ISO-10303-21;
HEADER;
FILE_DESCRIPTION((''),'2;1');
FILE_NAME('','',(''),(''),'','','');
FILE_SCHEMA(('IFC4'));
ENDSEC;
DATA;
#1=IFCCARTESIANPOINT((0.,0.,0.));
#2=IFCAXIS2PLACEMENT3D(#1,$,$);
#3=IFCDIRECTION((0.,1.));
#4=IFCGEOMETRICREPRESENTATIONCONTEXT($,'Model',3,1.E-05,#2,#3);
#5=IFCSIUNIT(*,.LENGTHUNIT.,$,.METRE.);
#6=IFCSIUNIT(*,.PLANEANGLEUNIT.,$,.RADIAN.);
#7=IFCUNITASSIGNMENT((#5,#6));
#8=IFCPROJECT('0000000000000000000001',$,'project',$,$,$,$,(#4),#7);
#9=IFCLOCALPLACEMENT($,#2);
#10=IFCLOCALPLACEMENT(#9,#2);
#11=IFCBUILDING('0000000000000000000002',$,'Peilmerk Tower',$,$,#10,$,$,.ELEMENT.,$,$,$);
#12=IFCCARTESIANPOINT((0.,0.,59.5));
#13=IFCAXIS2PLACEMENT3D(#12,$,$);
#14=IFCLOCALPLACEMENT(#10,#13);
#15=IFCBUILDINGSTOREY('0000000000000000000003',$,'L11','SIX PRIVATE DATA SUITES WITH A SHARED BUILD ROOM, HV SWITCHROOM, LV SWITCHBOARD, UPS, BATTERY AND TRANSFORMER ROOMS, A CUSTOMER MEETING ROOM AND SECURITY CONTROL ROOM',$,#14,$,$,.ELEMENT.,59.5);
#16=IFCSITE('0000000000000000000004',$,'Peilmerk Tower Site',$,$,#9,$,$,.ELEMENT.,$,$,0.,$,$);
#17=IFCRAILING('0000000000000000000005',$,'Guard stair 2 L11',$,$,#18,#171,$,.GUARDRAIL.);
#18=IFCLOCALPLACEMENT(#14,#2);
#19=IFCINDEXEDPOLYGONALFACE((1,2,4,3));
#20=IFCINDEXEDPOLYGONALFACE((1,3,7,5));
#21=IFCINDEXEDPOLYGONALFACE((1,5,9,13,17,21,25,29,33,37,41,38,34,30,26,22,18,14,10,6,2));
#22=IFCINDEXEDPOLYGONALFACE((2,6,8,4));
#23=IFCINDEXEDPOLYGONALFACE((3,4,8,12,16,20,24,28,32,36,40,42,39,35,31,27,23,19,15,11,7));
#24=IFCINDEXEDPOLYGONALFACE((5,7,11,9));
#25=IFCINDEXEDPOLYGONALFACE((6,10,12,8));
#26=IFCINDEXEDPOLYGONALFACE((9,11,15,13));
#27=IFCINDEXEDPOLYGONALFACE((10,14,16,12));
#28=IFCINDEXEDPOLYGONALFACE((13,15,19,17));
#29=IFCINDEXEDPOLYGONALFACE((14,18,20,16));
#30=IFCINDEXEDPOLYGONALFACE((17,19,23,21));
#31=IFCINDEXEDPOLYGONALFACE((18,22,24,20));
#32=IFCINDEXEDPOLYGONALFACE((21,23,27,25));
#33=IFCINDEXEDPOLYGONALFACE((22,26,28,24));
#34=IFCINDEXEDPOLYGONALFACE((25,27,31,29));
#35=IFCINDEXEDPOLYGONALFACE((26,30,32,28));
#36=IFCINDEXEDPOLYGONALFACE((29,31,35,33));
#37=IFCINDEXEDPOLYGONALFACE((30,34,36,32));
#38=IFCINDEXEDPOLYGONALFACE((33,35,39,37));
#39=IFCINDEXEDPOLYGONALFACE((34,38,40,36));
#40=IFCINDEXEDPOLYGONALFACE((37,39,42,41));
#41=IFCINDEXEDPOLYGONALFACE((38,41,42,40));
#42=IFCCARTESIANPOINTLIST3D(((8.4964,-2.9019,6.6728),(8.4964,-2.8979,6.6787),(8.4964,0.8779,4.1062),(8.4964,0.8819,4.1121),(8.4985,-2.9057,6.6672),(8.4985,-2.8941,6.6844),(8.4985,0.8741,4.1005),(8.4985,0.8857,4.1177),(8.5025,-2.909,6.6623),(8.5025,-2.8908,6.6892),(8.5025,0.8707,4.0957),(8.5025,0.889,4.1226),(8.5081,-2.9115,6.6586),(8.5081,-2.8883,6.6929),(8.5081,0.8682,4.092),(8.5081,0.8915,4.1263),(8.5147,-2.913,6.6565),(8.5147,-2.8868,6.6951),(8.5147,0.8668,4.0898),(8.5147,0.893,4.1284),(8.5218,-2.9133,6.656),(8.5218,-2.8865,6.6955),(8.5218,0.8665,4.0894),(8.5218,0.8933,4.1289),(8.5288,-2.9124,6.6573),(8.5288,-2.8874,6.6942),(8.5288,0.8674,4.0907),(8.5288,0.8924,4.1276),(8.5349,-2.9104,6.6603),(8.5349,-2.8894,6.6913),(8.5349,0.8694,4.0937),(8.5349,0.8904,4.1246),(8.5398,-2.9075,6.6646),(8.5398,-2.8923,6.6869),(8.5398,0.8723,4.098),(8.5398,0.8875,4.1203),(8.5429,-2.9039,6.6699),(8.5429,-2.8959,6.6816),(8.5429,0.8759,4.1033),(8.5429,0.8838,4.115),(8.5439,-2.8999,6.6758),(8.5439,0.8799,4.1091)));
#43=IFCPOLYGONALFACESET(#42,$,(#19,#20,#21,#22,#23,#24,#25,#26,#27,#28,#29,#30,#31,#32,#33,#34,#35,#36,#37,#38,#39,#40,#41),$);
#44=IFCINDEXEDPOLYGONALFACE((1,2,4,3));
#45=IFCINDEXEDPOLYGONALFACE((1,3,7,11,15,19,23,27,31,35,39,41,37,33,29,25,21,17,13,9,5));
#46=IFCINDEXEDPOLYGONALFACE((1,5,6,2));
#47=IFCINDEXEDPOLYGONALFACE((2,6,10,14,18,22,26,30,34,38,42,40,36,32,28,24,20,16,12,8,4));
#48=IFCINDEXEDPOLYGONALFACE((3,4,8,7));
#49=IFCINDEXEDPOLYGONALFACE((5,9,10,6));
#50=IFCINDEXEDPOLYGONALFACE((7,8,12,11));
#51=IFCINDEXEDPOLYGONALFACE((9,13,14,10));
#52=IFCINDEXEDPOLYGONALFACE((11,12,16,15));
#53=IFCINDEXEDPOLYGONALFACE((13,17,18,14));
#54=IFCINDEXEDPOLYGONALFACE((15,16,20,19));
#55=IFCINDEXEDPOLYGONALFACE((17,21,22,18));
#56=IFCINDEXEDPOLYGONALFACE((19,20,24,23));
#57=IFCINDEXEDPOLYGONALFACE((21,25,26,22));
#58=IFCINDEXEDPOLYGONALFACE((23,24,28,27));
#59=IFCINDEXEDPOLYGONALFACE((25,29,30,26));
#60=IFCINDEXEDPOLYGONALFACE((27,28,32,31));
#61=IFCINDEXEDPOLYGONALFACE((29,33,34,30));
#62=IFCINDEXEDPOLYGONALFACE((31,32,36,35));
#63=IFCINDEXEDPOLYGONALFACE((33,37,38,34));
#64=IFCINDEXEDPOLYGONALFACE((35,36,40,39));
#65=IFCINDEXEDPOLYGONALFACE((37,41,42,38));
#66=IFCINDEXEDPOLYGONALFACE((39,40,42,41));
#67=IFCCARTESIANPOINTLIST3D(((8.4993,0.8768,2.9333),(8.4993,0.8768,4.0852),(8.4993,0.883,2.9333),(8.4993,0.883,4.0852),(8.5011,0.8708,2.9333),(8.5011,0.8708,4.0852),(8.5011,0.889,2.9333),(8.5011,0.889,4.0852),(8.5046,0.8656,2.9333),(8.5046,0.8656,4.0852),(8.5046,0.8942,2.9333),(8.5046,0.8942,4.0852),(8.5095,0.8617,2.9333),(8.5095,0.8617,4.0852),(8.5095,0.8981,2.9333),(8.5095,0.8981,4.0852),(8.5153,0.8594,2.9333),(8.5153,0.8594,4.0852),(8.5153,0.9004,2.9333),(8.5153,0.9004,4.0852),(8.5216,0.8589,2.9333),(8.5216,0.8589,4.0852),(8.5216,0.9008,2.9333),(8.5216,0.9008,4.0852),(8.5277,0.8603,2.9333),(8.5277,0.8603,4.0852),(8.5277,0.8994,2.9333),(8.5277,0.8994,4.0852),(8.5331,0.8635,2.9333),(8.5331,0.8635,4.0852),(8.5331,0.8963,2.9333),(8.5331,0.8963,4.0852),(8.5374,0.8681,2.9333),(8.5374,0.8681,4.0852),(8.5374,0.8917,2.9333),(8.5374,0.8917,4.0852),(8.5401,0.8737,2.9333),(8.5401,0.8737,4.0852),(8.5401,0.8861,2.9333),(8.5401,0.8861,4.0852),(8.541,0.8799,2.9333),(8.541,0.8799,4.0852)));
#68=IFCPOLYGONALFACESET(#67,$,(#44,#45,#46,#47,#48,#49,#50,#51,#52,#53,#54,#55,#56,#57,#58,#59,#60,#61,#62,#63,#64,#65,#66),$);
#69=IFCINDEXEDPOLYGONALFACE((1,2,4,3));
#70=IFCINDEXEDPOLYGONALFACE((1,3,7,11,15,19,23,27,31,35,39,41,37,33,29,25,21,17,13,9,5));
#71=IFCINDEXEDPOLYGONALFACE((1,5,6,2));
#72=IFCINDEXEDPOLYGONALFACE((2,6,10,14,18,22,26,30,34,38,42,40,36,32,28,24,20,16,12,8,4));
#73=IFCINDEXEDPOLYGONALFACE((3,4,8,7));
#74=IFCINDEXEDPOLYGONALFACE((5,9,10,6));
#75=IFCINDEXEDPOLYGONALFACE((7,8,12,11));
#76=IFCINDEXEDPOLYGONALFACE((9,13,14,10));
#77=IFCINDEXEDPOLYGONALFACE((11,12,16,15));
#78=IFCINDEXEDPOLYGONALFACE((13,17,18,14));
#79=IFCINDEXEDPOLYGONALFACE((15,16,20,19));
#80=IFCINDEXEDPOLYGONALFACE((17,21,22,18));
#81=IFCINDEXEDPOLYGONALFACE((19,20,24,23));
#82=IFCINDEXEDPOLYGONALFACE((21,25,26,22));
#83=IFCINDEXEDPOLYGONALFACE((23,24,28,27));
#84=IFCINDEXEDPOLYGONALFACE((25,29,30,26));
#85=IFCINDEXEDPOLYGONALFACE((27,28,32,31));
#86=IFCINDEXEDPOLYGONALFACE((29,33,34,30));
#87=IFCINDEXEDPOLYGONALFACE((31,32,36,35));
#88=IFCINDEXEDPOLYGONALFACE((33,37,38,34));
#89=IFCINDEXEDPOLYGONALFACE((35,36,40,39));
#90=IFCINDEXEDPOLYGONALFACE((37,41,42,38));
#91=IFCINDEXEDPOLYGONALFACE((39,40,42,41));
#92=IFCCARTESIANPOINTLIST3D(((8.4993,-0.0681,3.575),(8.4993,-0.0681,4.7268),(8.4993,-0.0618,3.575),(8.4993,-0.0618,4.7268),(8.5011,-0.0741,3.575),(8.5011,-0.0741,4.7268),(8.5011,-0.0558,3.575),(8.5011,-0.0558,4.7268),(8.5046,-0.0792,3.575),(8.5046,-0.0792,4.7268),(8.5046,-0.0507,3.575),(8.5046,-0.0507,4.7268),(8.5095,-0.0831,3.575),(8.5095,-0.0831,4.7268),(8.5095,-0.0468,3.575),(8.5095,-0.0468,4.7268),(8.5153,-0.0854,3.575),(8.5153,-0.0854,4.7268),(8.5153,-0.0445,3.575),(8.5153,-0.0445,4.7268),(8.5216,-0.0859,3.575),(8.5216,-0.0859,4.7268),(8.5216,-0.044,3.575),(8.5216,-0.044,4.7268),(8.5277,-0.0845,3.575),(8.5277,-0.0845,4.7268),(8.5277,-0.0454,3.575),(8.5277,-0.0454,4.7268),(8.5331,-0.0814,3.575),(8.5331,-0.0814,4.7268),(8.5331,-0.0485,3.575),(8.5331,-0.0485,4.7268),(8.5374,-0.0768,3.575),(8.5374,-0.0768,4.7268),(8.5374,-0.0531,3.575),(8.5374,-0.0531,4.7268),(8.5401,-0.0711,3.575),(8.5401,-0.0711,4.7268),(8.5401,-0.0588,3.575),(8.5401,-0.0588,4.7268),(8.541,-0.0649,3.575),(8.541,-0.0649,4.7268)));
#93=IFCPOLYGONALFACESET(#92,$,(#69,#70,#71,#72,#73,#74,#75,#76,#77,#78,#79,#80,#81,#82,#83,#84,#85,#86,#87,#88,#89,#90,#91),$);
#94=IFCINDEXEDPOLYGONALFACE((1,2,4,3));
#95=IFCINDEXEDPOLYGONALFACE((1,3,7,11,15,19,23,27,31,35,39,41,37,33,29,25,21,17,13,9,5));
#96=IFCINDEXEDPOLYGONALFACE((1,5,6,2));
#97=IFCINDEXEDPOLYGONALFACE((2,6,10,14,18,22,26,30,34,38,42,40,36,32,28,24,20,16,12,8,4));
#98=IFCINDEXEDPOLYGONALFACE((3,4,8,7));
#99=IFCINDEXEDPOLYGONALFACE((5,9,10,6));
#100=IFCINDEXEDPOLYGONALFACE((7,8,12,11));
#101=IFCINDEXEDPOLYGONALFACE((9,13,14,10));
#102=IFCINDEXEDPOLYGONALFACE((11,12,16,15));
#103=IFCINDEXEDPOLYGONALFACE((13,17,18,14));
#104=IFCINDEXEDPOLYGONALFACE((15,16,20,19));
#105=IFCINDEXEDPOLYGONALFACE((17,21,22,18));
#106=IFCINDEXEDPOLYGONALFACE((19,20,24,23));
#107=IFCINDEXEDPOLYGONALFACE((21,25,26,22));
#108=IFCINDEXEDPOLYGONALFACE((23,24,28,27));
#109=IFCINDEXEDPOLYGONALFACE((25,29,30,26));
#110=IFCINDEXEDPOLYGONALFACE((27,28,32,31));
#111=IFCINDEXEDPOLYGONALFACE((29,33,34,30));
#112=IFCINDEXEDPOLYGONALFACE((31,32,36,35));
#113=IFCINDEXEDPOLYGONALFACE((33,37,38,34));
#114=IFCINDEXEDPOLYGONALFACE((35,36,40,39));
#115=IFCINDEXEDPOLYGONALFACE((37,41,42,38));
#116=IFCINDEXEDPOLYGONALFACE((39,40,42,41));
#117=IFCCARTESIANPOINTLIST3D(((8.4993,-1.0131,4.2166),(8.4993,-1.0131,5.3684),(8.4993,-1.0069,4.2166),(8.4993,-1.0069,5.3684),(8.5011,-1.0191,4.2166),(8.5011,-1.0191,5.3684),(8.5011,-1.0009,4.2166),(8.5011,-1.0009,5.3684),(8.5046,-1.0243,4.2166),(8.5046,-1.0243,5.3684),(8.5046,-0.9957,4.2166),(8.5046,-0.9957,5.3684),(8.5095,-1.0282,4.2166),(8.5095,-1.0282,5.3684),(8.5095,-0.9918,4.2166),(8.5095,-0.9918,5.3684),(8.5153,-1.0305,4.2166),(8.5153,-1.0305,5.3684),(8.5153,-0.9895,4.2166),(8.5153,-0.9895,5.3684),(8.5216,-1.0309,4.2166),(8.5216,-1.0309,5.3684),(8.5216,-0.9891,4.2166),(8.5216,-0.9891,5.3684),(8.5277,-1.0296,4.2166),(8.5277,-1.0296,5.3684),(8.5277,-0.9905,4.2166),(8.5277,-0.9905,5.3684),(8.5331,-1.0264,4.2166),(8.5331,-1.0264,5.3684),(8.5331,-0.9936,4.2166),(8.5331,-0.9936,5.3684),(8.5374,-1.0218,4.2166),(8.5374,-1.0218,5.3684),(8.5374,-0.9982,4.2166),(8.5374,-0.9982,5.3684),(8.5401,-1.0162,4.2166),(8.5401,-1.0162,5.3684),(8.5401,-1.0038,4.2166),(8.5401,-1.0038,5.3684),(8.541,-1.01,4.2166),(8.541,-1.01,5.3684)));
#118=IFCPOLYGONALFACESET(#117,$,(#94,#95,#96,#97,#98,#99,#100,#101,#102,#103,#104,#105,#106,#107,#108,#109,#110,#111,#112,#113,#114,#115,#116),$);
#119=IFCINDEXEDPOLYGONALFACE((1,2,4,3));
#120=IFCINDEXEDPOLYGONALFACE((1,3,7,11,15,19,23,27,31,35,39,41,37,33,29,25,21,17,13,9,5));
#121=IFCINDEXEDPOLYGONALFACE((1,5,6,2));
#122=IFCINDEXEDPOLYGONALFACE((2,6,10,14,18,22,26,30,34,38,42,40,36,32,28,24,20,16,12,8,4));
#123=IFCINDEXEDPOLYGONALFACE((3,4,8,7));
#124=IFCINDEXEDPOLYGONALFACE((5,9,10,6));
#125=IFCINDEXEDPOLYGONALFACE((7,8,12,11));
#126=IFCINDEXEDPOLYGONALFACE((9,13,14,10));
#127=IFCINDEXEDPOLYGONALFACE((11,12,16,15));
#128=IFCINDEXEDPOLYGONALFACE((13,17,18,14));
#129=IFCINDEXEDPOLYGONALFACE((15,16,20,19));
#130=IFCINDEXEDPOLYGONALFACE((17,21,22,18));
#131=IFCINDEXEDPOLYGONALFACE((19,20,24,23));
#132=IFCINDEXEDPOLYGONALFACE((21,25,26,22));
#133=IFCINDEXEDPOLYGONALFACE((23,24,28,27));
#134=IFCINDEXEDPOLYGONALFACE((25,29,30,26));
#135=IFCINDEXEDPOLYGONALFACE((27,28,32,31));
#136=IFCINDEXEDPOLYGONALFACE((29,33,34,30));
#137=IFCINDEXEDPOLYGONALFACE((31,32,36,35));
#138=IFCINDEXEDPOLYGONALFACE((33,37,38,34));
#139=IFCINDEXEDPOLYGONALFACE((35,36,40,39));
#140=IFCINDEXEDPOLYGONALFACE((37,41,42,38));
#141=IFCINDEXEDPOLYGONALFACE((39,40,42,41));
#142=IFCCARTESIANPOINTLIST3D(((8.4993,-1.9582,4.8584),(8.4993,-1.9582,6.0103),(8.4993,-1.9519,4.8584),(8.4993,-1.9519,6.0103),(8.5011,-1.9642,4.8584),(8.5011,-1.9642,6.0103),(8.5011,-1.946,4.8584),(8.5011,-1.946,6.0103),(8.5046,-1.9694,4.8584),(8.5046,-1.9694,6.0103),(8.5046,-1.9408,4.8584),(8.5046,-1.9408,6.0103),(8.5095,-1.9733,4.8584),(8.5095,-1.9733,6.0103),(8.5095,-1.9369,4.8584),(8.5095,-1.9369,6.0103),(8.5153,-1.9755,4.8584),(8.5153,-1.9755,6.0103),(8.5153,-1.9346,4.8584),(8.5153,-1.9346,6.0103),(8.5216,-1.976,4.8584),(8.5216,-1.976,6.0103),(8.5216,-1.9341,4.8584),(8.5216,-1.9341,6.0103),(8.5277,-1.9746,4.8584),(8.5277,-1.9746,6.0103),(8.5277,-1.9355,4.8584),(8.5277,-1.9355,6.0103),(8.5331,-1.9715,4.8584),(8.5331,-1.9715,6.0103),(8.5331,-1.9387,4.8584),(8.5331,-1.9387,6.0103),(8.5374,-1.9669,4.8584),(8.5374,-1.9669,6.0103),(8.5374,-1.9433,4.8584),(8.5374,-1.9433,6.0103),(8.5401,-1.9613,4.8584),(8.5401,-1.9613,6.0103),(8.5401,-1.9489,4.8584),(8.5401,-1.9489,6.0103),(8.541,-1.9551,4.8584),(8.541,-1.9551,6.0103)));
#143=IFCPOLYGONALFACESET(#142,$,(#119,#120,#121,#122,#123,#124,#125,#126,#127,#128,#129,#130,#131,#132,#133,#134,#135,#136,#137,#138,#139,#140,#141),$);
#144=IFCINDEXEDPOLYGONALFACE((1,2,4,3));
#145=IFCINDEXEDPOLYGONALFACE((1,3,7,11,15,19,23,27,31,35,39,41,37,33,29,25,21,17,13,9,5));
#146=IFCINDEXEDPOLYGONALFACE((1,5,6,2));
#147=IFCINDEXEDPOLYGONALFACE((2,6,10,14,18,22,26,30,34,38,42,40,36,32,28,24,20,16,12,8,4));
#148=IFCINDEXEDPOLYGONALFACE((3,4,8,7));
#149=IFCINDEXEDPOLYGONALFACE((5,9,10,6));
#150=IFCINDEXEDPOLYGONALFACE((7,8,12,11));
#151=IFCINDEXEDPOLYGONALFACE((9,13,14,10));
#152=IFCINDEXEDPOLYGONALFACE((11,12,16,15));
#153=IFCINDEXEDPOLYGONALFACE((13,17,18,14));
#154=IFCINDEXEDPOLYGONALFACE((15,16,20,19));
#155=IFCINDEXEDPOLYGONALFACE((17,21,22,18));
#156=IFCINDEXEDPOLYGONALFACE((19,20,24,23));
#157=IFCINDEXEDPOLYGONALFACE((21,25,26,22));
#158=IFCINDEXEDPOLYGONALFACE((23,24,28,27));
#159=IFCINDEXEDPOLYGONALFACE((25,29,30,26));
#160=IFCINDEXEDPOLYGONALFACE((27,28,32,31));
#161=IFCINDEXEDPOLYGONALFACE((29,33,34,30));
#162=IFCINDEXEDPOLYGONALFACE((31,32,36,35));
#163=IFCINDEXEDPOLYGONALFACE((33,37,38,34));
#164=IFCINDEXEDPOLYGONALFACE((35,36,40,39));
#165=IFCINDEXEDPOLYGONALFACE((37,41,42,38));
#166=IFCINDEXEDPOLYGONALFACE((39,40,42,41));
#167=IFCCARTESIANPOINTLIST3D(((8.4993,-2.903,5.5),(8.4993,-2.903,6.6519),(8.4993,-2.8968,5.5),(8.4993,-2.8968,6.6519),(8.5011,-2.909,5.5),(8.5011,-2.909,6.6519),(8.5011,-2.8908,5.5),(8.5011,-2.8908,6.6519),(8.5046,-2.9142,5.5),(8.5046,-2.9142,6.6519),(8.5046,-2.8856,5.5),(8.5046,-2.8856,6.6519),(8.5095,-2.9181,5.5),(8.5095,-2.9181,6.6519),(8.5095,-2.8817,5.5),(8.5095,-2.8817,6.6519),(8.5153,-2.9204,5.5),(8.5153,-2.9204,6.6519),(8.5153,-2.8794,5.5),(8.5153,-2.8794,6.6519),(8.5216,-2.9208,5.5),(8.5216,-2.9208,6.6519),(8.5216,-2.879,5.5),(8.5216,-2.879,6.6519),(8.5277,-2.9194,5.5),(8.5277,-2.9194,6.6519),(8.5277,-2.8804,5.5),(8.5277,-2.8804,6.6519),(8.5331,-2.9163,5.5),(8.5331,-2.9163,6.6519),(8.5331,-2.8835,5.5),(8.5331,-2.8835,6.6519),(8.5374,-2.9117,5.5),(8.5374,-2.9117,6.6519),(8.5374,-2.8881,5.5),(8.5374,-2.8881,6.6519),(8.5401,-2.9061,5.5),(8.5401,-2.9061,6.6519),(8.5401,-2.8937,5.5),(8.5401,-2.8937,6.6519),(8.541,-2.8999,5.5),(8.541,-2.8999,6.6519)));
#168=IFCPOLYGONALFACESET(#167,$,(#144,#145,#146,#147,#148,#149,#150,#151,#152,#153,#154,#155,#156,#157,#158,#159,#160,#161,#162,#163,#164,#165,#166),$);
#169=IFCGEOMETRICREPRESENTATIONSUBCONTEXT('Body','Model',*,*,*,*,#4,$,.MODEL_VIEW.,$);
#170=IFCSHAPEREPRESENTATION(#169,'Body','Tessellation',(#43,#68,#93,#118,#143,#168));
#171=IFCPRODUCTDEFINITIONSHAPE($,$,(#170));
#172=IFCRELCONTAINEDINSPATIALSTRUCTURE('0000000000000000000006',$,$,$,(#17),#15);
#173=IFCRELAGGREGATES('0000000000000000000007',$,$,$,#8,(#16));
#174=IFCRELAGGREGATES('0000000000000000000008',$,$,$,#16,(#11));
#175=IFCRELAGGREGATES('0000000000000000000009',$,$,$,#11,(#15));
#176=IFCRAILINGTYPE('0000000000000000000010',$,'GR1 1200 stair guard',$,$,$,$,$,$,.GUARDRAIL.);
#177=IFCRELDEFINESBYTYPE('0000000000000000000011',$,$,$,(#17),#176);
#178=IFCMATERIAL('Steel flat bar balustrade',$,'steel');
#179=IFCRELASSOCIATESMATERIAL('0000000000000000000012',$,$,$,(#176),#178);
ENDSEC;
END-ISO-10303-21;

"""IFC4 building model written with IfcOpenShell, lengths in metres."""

from ifc_helpers import new_model, si_unit, direction, frame, origin, origin_2d, place, context, subcontext, project, spatial, circle, extrude, material, type_object, element, save


model = new_model("IFC4")

# Units and contexts
model_context = context("Model", 3, precision=1e-05, world=origin(), true_north=direction((0.0, 1.0)))
body_context = subcontext(model_context, "Body", "Model", "MODEL_VIEW")
ifc_project = project(units=[si_unit("LENGTHUNIT", "METRE"), si_unit("PLANEANGLEUNIT", "RADIAN")], contexts=[model_context])

# Site, building, storey
site_placement = place(None, origin())
site = spatial("IfcSite", under=ifc_project, at=site_placement, Name="Peilmerk Tower Site", CompositionType="ELEMENT", RefElevation=0.0)
building_placement = place(site_placement, origin())
building = spatial("IfcBuilding", under=site, at=building_placement, Name="Peilmerk Tower", CompositionType="ELEMENT")
storey_placement = place(building_placement, frame((0.0, 0.0, 59.5)))
storey = spatial("IfcBuildingStorey", under=building, at=storey_placement, Name="L11", Description="SIX PRIVATE DATA SUITES WITH A SHARED BUILD ROOM, HV SWITCHROOM, LV SWITCHBOARD, UPS, BATTERY AND TRANSFORMER ROOMS, A CUSTOMER MEETING ROOM AND SECURITY CONTROL ROOM", CompositionType="ELEMENT", Elevation=59.5)

# Railing
ifc_material_1 = material(Name="Steel flat bar balustrade", Category="steel")
railing_type_1 = type_object("IfcRailingType", Name="GR1 1200 stair guard", PredefinedType="GUARDRAIL", material=ifc_material_1)
railing_1_placement = place(storey_placement, frame((8.52, 0.8799, 2.9333)))
element("IfcRailing", 1, at=railing_1_placement, inside=storey, type_object=railing_type_1, Name="Guard stair 2 L11", PredefinedType="GUARDRAIL", context=body_context, shape_type="SweptSolid", body=[
    extrude(circle(Radius=0.0239, at=origin_2d()), frame((0.0, 0.0, 1.1758), z_axis=(0.0, -0.827293, 0.561771), x_axis=(1.0, 0.0, 0.0)), (0.0, 0.0, 1.0), 4.5688),
    extrude(circle(Radius=0.021, at=origin_2d()), origin(), (0.0, 0.0, 1.0), 1.1519),
    extrude(circle(Radius=0.021, at=origin_2d()), frame((0.0, -0.9448, 0.6416)), (0.0, 0.0, 1.0), 1.1519),
    extrude(circle(Radius=0.021, at=origin_2d()), frame((0.0, -1.8899, 1.2832)), (0.0, 0.0, 1.0), 1.1519),
    extrude(circle(Radius=0.021, at=origin_2d()), frame((0.0, -2.835, 1.925)), (0.0, 0.0, 1.0), 1.1519),
    extrude(circle(Radius=0.021, at=origin_2d()), frame((0.0, -3.7798, 2.5667)), (0.0, 0.0, 1.0), 1.1519),
])

save(model, "model.ifc")
